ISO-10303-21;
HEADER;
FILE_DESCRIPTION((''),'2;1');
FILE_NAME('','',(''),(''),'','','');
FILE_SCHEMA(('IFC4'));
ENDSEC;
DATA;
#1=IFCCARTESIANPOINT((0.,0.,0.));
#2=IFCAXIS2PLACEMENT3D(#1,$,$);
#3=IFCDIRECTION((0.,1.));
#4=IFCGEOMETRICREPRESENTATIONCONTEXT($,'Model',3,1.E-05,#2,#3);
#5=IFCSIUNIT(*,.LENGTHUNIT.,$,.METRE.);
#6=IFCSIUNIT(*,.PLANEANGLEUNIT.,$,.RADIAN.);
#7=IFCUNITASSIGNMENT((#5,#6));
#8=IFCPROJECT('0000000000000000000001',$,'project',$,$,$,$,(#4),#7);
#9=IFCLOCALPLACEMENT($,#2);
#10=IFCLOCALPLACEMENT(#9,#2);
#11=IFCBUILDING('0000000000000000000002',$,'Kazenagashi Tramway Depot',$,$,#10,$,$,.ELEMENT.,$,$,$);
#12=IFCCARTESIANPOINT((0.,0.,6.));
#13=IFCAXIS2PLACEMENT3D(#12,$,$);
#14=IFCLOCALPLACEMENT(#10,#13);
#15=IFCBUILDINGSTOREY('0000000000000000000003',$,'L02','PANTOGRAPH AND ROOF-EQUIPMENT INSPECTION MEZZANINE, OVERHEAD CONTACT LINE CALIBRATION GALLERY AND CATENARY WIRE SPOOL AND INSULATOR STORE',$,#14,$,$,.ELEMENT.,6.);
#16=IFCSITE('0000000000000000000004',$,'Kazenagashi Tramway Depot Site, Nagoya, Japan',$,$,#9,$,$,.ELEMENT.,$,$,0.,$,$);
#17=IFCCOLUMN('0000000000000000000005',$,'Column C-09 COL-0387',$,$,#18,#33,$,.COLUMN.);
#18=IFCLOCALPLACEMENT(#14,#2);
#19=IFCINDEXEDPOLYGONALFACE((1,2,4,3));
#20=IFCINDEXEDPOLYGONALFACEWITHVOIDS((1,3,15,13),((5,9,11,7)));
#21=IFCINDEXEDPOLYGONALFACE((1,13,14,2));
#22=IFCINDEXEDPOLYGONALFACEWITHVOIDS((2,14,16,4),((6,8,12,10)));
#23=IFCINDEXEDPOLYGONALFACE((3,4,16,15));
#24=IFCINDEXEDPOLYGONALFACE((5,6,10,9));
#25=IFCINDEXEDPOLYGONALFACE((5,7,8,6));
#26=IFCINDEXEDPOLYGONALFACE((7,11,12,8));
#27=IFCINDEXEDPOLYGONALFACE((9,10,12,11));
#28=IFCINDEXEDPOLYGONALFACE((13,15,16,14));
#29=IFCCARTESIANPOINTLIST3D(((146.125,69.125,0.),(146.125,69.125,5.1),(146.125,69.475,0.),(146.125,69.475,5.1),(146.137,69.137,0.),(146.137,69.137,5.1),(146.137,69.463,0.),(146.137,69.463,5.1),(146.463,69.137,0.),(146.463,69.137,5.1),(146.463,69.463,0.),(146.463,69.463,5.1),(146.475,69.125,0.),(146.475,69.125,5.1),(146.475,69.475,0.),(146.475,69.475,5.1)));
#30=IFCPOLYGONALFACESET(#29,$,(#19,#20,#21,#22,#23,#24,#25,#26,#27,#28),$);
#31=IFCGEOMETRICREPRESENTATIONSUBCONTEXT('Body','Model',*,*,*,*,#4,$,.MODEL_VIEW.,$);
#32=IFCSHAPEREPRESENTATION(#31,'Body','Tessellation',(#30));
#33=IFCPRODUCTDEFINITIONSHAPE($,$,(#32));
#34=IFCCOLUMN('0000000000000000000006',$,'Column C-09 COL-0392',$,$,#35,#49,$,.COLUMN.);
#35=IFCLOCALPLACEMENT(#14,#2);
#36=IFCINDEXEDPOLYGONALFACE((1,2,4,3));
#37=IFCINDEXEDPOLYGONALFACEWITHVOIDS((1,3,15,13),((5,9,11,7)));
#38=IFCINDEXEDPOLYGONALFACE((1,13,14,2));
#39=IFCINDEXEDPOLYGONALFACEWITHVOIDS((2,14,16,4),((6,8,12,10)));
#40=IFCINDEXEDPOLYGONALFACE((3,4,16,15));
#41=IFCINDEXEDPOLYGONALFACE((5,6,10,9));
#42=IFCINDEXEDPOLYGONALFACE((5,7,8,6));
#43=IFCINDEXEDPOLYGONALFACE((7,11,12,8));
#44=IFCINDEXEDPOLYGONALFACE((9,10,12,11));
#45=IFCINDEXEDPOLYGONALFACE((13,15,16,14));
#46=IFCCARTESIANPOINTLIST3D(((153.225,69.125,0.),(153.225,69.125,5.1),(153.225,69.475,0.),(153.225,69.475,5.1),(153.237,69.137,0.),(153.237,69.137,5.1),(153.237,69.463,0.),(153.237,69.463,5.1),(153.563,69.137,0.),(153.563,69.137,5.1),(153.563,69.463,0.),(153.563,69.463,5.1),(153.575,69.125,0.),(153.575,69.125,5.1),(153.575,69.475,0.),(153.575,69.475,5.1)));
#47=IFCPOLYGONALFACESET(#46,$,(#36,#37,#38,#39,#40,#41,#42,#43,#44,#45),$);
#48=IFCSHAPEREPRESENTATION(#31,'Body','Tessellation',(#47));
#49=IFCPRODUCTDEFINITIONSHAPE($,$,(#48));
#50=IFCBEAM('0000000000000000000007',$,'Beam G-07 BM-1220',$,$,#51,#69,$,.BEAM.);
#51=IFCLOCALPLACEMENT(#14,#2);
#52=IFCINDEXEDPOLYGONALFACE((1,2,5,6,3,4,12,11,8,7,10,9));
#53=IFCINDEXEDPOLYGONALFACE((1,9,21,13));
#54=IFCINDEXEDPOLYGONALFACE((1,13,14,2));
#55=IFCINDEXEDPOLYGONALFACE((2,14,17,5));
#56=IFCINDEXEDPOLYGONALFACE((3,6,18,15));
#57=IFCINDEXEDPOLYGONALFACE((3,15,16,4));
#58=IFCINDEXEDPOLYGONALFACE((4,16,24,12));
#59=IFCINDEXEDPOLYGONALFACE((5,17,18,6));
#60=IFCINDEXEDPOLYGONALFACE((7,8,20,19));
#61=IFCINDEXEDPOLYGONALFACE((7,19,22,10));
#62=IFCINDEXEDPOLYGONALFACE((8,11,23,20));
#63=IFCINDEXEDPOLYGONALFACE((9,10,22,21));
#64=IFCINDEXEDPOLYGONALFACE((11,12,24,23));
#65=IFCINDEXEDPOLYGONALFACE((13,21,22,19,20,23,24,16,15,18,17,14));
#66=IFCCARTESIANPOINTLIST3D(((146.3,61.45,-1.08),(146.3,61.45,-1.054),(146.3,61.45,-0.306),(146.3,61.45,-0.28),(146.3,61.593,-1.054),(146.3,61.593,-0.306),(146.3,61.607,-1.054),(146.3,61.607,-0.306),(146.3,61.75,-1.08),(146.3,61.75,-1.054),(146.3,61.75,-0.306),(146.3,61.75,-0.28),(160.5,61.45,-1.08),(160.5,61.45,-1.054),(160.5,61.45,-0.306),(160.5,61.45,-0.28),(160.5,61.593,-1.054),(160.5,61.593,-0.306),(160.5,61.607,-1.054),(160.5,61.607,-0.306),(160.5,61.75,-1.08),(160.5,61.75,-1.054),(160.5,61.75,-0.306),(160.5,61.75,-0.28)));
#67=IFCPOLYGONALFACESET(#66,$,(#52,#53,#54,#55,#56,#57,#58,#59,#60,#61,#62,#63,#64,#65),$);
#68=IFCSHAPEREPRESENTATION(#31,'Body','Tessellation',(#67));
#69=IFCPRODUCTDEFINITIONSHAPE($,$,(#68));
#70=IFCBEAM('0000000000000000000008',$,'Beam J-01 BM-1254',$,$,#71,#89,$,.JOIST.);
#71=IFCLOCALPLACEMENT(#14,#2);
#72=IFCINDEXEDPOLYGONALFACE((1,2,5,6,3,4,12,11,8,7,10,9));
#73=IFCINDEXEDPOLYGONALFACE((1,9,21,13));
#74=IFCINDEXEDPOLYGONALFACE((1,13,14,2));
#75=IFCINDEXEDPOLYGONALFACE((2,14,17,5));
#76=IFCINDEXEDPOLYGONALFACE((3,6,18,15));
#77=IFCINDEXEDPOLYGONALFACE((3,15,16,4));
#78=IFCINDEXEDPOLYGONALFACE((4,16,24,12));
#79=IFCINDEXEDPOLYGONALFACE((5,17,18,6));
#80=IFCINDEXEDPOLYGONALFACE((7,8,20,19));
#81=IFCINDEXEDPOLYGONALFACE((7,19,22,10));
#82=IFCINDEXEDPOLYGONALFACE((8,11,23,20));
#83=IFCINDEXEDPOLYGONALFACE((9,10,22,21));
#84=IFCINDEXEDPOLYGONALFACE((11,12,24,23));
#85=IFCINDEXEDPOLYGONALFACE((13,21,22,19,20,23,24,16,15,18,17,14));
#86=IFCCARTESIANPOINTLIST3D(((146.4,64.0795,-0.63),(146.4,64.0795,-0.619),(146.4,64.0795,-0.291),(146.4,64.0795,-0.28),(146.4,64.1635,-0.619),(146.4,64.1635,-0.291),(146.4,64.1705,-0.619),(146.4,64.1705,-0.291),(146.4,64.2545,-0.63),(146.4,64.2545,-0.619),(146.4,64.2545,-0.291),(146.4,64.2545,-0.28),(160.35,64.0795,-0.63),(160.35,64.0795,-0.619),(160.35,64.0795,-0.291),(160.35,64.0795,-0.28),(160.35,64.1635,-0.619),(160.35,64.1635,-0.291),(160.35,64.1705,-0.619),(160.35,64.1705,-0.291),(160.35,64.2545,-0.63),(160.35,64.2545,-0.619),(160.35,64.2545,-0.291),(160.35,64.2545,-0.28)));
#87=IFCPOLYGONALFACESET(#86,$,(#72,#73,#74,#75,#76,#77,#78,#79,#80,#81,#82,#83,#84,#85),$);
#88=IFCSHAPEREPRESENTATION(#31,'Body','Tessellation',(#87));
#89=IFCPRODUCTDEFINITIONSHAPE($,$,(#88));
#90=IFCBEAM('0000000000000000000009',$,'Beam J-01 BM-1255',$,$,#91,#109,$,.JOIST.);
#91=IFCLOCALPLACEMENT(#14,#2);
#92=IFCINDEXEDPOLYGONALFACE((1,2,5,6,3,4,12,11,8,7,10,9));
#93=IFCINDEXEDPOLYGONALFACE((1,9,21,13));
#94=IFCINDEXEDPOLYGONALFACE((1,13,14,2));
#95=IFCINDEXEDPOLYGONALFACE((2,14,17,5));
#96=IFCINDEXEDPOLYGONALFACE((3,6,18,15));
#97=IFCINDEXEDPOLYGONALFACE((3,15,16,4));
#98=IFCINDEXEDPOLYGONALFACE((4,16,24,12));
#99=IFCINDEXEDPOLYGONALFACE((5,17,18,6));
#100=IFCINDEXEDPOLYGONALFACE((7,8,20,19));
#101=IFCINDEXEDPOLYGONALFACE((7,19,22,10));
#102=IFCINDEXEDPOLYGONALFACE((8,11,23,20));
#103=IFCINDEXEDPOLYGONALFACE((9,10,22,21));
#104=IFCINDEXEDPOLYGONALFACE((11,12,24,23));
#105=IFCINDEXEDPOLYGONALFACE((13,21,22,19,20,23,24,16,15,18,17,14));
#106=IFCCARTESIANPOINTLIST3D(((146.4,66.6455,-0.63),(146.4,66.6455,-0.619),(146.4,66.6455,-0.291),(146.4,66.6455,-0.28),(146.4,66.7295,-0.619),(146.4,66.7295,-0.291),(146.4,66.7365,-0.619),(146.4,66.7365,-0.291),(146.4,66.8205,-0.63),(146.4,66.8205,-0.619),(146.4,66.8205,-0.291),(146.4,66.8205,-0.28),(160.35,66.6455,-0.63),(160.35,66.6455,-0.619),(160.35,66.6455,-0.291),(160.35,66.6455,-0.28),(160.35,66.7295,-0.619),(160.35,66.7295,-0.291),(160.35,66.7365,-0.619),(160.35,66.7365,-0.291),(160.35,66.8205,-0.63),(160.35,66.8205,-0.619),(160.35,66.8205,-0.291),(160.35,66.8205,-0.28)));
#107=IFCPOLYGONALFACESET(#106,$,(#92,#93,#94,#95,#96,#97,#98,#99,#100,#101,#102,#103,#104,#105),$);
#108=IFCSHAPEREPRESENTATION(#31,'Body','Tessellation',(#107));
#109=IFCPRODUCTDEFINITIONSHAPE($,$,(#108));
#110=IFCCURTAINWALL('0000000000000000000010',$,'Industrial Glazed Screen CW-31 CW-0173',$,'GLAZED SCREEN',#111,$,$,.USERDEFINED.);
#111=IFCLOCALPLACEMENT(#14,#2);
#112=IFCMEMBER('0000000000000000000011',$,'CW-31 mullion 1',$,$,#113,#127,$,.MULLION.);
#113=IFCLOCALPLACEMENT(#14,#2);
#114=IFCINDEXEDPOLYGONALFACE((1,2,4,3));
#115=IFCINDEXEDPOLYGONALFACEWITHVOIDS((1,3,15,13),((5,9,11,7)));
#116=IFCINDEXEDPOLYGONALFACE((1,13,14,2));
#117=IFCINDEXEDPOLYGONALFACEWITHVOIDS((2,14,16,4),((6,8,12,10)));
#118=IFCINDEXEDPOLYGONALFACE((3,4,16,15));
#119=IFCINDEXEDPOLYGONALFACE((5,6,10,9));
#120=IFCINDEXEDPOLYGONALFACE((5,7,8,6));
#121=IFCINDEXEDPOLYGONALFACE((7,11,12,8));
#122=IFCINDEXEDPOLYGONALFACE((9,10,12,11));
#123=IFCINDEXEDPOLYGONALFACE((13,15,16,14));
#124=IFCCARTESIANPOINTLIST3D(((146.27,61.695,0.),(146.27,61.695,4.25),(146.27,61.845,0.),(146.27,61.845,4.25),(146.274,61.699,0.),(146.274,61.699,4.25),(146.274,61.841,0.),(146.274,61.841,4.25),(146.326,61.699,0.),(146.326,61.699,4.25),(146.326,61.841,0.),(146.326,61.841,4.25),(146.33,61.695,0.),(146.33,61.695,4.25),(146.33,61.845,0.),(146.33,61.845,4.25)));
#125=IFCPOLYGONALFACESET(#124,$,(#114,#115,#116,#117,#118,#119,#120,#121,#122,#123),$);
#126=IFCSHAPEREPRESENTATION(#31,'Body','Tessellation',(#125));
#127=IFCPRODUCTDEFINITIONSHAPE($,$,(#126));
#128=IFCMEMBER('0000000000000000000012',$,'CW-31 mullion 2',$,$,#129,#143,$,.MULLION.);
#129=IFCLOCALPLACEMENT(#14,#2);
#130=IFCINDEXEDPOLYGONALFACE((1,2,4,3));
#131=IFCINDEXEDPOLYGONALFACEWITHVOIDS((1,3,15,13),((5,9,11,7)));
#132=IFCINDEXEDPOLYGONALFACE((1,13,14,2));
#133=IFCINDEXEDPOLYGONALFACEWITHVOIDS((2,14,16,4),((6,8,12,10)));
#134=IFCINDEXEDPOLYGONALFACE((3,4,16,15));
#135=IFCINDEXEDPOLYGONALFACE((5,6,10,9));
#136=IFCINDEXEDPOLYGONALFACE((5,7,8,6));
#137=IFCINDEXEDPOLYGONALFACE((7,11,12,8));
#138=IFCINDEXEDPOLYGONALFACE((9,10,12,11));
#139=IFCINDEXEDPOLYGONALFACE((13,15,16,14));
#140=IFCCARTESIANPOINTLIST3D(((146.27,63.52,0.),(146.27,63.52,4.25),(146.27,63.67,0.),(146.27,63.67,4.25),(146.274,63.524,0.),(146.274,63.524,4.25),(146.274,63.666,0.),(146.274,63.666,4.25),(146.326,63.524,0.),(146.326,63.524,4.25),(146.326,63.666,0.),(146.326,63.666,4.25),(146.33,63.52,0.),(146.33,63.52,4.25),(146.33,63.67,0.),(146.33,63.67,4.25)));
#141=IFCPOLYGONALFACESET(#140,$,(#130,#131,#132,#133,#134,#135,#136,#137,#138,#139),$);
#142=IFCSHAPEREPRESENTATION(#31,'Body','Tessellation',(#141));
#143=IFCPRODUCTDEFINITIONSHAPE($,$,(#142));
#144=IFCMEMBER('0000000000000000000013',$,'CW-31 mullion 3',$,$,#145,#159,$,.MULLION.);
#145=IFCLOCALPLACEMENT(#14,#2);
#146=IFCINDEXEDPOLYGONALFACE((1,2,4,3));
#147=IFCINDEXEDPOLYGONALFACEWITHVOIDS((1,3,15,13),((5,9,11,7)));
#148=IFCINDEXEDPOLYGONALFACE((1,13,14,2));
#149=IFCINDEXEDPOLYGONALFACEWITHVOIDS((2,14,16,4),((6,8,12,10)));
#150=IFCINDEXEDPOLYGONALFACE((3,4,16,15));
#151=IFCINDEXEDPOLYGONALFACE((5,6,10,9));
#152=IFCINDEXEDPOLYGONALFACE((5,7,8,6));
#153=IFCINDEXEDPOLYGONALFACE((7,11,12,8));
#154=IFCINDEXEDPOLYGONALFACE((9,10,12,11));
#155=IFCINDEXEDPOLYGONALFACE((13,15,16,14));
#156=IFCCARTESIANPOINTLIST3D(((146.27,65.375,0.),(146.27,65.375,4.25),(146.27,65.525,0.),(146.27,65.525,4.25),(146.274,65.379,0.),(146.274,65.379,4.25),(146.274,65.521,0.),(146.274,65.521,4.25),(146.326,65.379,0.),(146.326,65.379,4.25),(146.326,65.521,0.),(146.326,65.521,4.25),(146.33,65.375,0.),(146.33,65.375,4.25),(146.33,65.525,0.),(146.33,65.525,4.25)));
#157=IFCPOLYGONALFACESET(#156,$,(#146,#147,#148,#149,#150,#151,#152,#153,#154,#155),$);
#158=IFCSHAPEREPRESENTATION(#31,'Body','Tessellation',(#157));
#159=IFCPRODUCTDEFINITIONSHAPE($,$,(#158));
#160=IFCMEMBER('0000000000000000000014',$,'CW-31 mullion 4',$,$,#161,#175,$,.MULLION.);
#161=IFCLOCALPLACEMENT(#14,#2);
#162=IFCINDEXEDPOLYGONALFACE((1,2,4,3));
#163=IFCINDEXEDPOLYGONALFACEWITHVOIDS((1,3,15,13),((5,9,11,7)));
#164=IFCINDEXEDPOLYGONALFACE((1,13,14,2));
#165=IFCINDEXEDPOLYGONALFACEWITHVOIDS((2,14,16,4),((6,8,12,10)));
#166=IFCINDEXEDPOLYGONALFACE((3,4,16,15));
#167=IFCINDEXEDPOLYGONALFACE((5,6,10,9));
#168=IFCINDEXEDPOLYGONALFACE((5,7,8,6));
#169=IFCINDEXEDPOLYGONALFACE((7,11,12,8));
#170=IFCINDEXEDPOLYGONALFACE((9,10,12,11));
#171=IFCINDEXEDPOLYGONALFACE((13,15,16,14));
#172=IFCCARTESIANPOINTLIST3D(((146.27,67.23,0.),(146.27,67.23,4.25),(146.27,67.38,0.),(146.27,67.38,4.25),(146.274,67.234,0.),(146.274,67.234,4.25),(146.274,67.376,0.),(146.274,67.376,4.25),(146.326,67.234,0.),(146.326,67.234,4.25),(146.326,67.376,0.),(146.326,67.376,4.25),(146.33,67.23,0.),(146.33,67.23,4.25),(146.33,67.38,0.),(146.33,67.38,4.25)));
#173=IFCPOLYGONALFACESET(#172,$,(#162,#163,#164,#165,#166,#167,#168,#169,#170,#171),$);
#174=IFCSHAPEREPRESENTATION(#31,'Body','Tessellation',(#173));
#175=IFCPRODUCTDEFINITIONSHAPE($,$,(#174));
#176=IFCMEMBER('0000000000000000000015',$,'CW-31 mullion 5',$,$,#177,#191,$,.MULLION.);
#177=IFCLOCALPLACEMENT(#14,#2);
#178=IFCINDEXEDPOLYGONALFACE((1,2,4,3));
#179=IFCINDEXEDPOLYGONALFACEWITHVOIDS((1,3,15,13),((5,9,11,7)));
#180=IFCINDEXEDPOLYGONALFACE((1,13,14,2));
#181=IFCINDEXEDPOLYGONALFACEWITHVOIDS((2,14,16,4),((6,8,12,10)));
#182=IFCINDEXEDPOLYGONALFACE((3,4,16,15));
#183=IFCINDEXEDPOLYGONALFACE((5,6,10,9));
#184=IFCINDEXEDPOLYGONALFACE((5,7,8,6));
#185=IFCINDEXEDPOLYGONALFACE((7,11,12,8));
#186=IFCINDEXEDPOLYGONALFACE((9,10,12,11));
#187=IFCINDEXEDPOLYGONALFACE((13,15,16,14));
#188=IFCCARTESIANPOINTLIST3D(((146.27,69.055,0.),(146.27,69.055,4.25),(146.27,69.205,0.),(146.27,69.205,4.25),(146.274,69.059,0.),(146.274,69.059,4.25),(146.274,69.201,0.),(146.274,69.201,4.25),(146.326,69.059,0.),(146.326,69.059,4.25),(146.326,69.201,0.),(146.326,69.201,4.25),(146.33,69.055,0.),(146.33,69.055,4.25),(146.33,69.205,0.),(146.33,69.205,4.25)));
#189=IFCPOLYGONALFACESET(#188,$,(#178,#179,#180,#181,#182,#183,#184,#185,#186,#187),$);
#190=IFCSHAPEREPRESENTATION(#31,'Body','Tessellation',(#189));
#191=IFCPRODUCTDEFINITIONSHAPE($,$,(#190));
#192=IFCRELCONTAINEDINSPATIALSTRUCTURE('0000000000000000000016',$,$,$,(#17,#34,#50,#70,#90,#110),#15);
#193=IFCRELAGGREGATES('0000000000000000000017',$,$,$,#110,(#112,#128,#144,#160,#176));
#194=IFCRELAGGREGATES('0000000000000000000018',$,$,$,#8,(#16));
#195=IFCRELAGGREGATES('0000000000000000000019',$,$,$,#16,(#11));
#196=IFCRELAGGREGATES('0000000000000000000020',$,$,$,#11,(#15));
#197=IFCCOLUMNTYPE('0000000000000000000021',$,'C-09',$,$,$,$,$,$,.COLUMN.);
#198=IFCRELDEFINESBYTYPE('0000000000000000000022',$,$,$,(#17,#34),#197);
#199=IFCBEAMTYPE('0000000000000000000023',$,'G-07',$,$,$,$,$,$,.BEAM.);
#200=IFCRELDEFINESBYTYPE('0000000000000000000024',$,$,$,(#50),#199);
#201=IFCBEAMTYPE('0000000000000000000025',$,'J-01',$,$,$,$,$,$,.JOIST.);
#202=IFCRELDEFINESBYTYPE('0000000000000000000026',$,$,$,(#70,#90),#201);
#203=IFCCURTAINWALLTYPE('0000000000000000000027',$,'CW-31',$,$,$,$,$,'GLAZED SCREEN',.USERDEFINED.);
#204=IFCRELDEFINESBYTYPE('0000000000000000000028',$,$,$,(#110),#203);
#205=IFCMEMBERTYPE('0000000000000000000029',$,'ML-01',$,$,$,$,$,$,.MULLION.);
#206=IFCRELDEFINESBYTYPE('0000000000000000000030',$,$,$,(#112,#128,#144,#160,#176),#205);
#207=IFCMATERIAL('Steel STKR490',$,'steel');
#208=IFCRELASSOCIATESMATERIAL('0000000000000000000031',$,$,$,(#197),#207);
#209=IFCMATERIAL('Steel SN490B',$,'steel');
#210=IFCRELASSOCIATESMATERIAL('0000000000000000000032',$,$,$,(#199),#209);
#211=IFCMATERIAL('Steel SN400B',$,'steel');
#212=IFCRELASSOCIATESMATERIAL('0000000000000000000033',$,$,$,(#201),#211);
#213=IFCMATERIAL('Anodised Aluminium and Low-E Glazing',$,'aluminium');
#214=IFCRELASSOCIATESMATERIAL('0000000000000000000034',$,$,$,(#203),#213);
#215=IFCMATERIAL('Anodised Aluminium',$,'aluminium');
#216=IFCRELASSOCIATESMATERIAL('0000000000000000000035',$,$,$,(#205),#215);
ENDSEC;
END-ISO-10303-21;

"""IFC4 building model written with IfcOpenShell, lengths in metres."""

from ifc_helpers import new_model, si_unit, direction, frame, origin, origin_2d, place, context, subcontext, project, spatial, hollow_rectangle, i_section, extrude, material, material_profile, profile_set, type_object, element, aggregate, save


model = new_model("IFC4")

# Units and contexts
model_context = context("Model", 3, precision=1e-05, world=origin(), true_north=direction((0.0, 1.0)))
body_context = subcontext(model_context, "Body", "Model", "MODEL_VIEW")
ifc_project = project(units=[si_unit("LENGTHUNIT", "METRE"), si_unit("PLANEANGLEUNIT", "RADIAN")], contexts=[model_context])

# Site, building, storey
site_placement = place(None, origin())
site = spatial("IfcSite", under=ifc_project, at=site_placement, Name="Kazenagashi Tramway Depot Site, Nagoya, Japan", CompositionType="ELEMENT", RefElevation=0.0)
building_placement = place(site_placement, origin())
building = spatial("IfcBuilding", under=site, at=building_placement, Name="Kazenagashi Tramway Depot", CompositionType="ELEMENT")
storey_placement = place(building_placement, frame((0.0, 0.0, 6.0)))
storey = spatial("IfcBuildingStorey", under=building, at=storey_placement, Name="L02", Description="PANTOGRAPH AND ROOF-EQUIPMENT INSPECTION MEZZANINE, OVERHEAD CONTACT LINE CALIBRATION GALLERY AND CATENARY WIRE SPOOL AND INSULATOR STORE", CompositionType="ELEMENT", Elevation=6.0)

# Columns
ifc_material_1 = material(Name="Steel STKR490", Category="steel")
ifc_material_profile_1 = material_profile(ifc_material_1, hollow_rectangle(XDim=0.35, YDim=0.35, WallThickness=0.012, at=origin_2d()), Name="SHS-350x350x12")
ifc_profile_set_1 = profile_set([ifc_material_profile_1], Name="Steel STKR490")
column_type = type_object("IfcColumnType", Name="C-09", PredefinedType="COLUMN", material=ifc_profile_set_1)
for number, where, z_axis, x_axis, name in (
    (1, (146.3, 69.3, 0.0), (0.0, 0.0, 1.0), (1.0, 0.0, 0.0), "Column C-09 COL-0387"),
    (2, (153.4, 69.3, 0.0), (0.0, 0.0, 1.0), (1.0, 0.0, 0.0), "Column C-09 COL-0392"),
):
    element("IfcColumn", number, at=place(storey_placement, frame(where, z_axis=z_axis, x_axis=x_axis)), inside=storey, type_object=column_type, Name=name, PredefinedType="COLUMN", context=body_context, shape_type="SweptSolid", body=[
        extrude(hollow_rectangle(XDim=0.35, YDim=0.35, WallThickness=0.012, at=origin_2d()), origin(), (0.0, 0.0, 1.0), 5.1),
    ])

# Beams
ifc_material_2 = material(Name="Steel SN490B", Category="steel")
ifc_material_profile_2 = material_profile(ifc_material_2, i_section(OverallWidth=0.3, OverallDepth=0.8, WebThickness=0.014, FlangeThickness=0.026, at=origin_2d()), Name="H-800x300x14x26")
ifc_profile_set_2 = profile_set([ifc_material_profile_2], Name="Steel SN490B")
beam_type_1 = type_object("IfcBeamType", Name="G-07", PredefinedType="BEAM", material=ifc_profile_set_2)
beam_1_placement = place(storey_placement, frame((146.3, 61.6, -0.68), z_axis=(1.0, 0.0, 0.0), x_axis=(0.0, 1.0, 0.0)))
element("IfcBeam", 3, at=beam_1_placement, inside=storey, type_object=beam_type_1, Name="Beam G-07 BM-1220", PredefinedType="BEAM", context=body_context, shape_type="SweptSolid", body=[
    extrude(i_section(OverallWidth=0.3, OverallDepth=0.8, WebThickness=0.014, FlangeThickness=0.026, at=origin_2d()), origin(), (0.0, 0.0, 1.0), 14.2),
])
ifc_material_3 = material(Name="Steel SN400B", Category="steel")
ifc_material_profile_3 = material_profile(ifc_material_3, i_section(OverallWidth=0.175, OverallDepth=0.35, WebThickness=0.007, FlangeThickness=0.011, at=origin_2d()), Name="H-350x175x7x11")
ifc_profile_set_3 = profile_set([ifc_material_profile_3], Name="Steel SN400B")
beam_type_2 = type_object("IfcBeamType", Name="J-01", PredefinedType="JOIST", material=ifc_profile_set_3)
for number, where, z_axis, x_axis, name in (
    (4, (146.4, 64.167, -0.455), (1.0, 0.0, 0.0), (0.0, 1.0, 0.0), "Beam J-01 BM-1254"),
    (5, (146.4, 66.733, -0.455), (1.0, 0.0, 0.0), (0.0, 1.0, 0.0), "Beam J-01 BM-1255"),
):
    element("IfcBeam", number, at=place(storey_placement, frame(where, z_axis=z_axis, x_axis=x_axis)), inside=storey, type_object=beam_type_2, Name=name, PredefinedType="JOIST", context=body_context, shape_type="SweptSolid", body=[
        extrude(i_section(OverallWidth=0.175, OverallDepth=0.35, WebThickness=0.007, FlangeThickness=0.011, at=origin_2d()), origin(), (0.0, 0.0, 1.0), 13.95),
    ])

# Curtain wall, members
ifc_material_4 = material(Name="Anodised Aluminium and Low-E Glazing", Category="aluminium")
curtain_wall_type = type_object("IfcCurtainWallType", Name="CW-31", ElementType="GLAZED SCREEN", PredefinedType="USERDEFINED", material=ifc_material_4)
curtain_wall_placement = place(storey_placement, origin())
curtain_wall = element("IfcCurtainWall", 6, at=curtain_wall_placement, inside=storey, type_object=curtain_wall_type, Name="Industrial Glazed Screen CW-31 CW-0173", ObjectType="GLAZED SCREEN", PredefinedType="USERDEFINED")
ifc_material_5 = material(Name="Anodised Aluminium", Category="aluminium")
ifc_material_profile_4 = material_profile(ifc_material_5, hollow_rectangle(XDim=0.06, YDim=0.15, WallThickness=0.004, at=origin_2d()), Name="RHS-150x60x4")
ifc_profile_set_4 = profile_set([ifc_material_profile_4], Name="Anodised Aluminium")
member_type_1 = type_object("IfcMemberType", Name="ML-01", PredefinedType="MULLION", material=ifc_profile_set_4)
member_1_placement = place(storey_placement, frame((146.3, 61.77, 0.0), z_axis=(0.0, 0.0, 1.0), x_axis=(-1.0, 0.0, 0.0)))
member_1 = element("IfcMember", 7, at=member_1_placement, type_object=member_type_1, Name="CW-31 mullion 1", PredefinedType="MULLION", context=body_context, shape_type="SweptSolid", body=[
    extrude(hollow_rectangle(XDim=0.06, YDim=0.15, WallThickness=0.004, at=origin_2d()), origin(), (0.0, 0.0, 1.0), 4.25),
])
member_2_placement = place(storey_placement, frame((146.3, 63.595, 0.0), z_axis=(0.0, 0.0, 1.0), x_axis=(-1.0, 0.0, 0.0)))
member_2 = element("IfcMember", 8, at=member_2_placement, type_object=member_type_1, Name="CW-31 mullion 2", PredefinedType="MULLION", context=body_context, shape_type="SweptSolid", body=[
    extrude(hollow_rectangle(XDim=0.06, YDim=0.15, WallThickness=0.004, at=origin_2d()), origin(), (0.0, 0.0, 1.0), 4.25),
])
member_3_placement = place(storey_placement, frame((146.3, 65.45, 0.0), z_axis=(0.0, 0.0, 1.0), x_axis=(-1.0, 0.0, 0.0)))
member_3 = element("IfcMember", 9, at=member_3_placement, type_object=member_type_1, Name="CW-31 mullion 3", PredefinedType="MULLION", context=body_context, shape_type="SweptSolid", body=[
    extrude(hollow_rectangle(XDim=0.06, YDim=0.15, WallThickness=0.004, at=origin_2d()), origin(), (0.0, 0.0, 1.0), 4.25),
])
member_4_placement = place(storey_placement, frame((146.3, 67.305, 0.0), z_axis=(0.0, 0.0, 1.0), x_axis=(-1.0, 0.0, 0.0)))
member_4 = element("IfcMember", 10, at=member_4_placement, type_object=member_type_1, Name="CW-31 mullion 4", PredefinedType="MULLION", context=body_context, shape_type="SweptSolid", body=[
    extrude(hollow_rectangle(XDim=0.06, YDim=0.15, WallThickness=0.004, at=origin_2d()), origin(), (0.0, 0.0, 1.0), 4.25),
])
member_5_placement = place(storey_placement, frame((146.3, 69.13, 0.0), z_axis=(0.0, 0.0, 1.0), x_axis=(-1.0, 0.0, 0.0)))
member_5 = element("IfcMember", 11, at=member_5_placement, type_object=member_type_1, Name="CW-31 mullion 5", PredefinedType="MULLION", context=body_context, shape_type="SweptSolid", body=[
    extrude(hollow_rectangle(XDim=0.06, YDim=0.15, WallThickness=0.004, at=origin_2d()), origin(), (0.0, 0.0, 1.0), 4.25),
])

aggregate(curtain_wall, [member_1, member_2, member_3, member_4, member_5])

save(model, "model.ifc")
